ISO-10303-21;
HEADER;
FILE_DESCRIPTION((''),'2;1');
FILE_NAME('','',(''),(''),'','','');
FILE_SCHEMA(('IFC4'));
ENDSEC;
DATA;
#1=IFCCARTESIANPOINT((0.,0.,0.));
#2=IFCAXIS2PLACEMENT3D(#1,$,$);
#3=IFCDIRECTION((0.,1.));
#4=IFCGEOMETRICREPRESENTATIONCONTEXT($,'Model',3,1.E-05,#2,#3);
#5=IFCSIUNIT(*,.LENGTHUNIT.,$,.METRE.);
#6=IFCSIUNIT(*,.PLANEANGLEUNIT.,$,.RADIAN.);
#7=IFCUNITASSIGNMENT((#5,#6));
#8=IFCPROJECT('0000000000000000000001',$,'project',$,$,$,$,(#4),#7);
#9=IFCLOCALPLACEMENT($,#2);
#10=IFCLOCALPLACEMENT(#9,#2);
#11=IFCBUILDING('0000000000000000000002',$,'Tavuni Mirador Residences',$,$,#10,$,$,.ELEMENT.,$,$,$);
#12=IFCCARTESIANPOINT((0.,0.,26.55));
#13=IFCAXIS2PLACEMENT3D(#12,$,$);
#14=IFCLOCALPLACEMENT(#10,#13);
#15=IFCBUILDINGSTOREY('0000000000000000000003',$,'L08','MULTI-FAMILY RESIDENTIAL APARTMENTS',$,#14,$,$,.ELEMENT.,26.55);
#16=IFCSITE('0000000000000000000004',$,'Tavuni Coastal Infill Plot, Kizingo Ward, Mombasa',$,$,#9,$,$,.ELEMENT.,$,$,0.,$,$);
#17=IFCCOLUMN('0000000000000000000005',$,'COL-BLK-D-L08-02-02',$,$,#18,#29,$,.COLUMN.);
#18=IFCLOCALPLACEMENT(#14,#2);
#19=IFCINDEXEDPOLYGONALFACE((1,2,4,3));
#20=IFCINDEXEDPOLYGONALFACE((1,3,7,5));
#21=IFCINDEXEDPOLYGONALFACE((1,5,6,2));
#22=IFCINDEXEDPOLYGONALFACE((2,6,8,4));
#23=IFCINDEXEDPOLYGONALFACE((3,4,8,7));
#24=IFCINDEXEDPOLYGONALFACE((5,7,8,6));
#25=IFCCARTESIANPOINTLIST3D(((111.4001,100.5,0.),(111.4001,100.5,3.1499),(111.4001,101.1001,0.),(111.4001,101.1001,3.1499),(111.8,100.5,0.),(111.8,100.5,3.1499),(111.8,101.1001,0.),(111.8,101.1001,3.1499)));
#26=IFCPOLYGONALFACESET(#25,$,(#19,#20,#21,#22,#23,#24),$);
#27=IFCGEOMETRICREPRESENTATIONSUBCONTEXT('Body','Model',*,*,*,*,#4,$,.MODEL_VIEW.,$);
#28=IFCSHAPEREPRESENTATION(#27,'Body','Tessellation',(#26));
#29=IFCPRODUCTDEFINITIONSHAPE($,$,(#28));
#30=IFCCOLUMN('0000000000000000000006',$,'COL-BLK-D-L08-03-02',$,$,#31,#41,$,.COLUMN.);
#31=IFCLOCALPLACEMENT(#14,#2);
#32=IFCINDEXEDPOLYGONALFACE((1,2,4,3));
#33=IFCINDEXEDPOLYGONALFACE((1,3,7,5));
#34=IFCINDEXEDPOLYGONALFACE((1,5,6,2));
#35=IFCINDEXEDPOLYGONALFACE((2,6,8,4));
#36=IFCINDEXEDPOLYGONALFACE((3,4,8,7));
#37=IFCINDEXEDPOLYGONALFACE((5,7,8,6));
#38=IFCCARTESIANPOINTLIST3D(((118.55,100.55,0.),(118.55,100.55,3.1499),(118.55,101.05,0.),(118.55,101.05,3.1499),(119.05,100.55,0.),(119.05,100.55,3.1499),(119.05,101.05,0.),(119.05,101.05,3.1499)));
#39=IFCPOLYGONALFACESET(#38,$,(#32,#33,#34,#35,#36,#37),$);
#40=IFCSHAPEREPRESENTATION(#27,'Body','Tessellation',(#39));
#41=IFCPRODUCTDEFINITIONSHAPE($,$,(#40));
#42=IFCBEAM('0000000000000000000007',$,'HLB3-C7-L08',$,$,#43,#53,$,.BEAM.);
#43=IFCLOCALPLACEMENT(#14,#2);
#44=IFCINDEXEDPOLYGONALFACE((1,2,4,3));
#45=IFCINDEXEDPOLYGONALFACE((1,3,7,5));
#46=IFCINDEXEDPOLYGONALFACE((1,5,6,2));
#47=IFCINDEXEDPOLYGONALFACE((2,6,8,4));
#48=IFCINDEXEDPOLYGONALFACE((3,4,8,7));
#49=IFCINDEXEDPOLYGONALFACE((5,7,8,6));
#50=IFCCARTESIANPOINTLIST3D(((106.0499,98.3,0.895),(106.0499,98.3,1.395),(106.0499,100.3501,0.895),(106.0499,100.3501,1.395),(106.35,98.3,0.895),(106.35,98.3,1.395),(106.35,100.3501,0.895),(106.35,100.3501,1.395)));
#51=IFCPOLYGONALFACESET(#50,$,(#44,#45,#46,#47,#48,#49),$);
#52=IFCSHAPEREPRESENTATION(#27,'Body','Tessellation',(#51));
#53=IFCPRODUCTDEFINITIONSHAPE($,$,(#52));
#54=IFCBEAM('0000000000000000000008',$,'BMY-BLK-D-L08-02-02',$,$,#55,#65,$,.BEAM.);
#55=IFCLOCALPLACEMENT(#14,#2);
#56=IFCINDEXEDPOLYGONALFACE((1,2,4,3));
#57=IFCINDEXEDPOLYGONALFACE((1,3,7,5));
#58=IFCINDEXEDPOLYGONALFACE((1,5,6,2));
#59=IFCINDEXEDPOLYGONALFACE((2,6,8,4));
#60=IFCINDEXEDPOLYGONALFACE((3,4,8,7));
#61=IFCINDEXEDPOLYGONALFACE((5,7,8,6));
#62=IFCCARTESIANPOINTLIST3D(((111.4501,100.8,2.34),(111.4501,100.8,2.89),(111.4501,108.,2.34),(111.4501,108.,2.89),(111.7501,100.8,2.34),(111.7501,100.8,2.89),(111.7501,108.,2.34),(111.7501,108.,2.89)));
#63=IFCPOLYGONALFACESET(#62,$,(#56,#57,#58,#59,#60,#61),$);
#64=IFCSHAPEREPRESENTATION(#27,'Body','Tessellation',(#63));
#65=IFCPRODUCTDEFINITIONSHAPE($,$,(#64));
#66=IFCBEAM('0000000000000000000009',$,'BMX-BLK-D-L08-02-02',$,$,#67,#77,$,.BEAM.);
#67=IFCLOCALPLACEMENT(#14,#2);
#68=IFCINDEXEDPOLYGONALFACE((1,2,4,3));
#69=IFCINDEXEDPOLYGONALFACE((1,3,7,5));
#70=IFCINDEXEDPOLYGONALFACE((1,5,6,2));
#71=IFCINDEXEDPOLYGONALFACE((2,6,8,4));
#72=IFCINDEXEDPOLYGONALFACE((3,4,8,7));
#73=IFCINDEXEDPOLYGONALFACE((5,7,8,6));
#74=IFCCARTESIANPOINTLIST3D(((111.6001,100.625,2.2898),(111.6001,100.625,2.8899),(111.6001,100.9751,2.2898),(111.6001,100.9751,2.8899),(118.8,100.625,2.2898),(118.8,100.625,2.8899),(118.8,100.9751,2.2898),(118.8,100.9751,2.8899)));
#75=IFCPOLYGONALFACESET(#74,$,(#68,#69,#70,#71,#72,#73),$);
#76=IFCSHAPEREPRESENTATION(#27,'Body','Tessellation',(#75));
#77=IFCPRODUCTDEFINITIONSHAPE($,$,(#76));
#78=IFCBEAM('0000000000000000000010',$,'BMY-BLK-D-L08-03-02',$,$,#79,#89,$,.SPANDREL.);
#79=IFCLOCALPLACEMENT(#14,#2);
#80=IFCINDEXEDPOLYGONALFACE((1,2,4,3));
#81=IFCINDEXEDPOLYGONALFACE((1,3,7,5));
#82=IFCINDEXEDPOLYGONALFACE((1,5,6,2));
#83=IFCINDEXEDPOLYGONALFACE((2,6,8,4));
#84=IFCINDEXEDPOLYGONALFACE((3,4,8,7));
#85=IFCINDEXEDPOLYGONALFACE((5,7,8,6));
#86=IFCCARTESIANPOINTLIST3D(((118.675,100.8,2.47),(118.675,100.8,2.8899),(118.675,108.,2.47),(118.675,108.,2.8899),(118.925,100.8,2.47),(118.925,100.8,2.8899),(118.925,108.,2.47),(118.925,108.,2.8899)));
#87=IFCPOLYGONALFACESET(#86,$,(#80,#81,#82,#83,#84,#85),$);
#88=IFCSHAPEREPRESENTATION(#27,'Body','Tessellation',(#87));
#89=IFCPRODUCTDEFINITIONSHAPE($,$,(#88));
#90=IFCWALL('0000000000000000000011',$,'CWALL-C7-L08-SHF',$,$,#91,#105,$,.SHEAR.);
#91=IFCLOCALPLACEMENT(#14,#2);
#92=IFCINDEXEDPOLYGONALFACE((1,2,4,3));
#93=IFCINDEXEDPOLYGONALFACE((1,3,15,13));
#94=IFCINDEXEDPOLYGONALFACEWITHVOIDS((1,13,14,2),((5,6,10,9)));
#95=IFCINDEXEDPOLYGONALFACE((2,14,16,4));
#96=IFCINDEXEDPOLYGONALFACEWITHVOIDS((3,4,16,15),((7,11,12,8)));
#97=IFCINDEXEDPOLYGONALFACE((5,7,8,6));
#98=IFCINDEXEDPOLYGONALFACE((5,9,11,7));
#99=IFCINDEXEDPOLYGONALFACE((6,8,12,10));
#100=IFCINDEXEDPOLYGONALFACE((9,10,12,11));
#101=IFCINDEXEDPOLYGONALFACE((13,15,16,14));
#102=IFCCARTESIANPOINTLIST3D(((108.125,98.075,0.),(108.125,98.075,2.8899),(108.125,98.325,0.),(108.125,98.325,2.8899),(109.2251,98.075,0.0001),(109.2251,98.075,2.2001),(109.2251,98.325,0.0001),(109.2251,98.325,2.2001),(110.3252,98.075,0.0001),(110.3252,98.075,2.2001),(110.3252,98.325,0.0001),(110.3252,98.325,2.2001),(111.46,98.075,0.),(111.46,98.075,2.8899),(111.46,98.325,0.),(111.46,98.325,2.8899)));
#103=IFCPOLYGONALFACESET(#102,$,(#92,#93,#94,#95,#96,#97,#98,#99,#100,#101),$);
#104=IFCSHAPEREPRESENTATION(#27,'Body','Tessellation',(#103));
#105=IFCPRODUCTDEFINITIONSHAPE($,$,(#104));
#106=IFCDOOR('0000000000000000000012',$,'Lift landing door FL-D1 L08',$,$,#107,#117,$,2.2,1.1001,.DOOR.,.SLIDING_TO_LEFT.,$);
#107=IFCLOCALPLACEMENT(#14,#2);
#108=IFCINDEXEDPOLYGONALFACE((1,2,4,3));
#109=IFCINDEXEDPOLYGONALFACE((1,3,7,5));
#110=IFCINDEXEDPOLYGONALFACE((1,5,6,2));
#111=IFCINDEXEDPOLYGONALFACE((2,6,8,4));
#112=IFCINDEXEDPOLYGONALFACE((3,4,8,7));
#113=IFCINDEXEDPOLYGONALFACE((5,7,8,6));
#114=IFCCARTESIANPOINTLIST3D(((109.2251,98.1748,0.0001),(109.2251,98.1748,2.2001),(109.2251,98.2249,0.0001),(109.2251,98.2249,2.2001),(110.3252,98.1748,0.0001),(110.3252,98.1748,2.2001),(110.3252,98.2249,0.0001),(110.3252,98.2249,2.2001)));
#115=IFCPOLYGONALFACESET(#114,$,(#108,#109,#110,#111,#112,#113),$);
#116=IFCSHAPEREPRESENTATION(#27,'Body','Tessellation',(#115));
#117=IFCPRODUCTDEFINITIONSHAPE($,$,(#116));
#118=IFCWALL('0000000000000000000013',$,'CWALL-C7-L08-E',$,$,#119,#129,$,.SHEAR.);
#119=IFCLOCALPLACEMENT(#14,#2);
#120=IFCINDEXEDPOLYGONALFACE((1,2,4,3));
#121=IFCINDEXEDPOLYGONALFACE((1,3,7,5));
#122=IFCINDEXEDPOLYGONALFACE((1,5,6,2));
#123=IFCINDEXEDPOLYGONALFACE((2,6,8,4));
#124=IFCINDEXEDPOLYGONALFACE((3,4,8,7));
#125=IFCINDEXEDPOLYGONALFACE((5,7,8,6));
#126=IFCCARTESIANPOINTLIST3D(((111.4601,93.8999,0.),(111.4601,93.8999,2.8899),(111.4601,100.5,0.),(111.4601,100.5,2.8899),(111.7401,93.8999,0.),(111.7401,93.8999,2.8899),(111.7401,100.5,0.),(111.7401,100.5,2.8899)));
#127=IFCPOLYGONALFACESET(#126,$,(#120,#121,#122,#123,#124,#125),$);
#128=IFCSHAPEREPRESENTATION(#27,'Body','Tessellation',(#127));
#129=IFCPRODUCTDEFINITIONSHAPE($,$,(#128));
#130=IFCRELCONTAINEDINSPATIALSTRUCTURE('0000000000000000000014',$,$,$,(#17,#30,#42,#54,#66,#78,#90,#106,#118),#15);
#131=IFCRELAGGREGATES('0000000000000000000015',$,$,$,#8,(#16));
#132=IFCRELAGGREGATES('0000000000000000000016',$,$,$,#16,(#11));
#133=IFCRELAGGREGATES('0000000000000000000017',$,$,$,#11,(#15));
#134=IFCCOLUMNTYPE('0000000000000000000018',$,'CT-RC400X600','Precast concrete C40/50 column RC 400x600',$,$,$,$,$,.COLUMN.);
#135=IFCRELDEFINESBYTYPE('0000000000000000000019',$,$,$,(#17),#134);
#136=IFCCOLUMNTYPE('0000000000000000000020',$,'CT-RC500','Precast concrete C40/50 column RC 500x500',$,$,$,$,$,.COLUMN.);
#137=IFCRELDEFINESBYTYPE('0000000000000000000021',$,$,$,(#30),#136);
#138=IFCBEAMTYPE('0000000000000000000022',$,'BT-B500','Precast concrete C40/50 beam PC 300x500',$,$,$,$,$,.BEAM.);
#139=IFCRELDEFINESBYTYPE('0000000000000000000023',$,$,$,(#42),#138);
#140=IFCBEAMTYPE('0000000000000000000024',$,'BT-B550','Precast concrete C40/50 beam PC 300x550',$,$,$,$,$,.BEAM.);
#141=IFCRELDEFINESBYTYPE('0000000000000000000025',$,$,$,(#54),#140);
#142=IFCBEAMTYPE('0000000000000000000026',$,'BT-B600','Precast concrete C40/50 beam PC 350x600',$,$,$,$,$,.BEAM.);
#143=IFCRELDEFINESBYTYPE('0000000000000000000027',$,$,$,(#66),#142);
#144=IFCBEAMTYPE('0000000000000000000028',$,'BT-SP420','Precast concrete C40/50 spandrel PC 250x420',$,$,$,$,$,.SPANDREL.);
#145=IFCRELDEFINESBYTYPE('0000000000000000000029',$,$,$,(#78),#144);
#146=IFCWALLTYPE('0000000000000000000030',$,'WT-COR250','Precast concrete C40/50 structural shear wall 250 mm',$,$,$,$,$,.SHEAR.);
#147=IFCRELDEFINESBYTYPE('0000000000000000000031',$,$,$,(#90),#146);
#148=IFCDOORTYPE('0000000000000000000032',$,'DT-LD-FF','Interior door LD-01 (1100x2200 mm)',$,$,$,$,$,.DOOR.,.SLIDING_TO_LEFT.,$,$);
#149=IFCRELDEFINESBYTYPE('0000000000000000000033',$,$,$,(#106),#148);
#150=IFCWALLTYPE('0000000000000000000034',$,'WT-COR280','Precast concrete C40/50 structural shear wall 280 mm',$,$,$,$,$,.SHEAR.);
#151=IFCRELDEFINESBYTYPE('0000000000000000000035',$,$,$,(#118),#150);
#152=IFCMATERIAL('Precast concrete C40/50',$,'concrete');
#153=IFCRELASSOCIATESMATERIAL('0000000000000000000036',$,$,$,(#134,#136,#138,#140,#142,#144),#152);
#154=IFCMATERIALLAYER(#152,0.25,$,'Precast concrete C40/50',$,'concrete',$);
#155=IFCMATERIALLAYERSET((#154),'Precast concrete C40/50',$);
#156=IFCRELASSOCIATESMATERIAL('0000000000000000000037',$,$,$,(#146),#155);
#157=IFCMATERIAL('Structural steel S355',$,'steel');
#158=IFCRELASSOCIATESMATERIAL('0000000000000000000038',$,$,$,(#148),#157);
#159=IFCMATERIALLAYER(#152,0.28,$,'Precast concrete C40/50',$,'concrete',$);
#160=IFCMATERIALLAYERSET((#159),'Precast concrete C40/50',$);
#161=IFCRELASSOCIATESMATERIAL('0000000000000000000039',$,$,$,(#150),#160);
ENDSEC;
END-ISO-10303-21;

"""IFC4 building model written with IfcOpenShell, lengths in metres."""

from ifc_helpers import new_model, si_unit, direction, frame, frame_2d, origin, origin_2d, place, context, subcontext, project, spatial, rectangle, extrude, material, layer, layer_set, material_profile, profile_set, type_object, element, fill, save


model = new_model("IFC4")

# Units and contexts
model_context = context("Model", 3, precision=1e-05, world=origin(), true_north=direction((0.0, 1.0)))
body_context = subcontext(model_context, "Body", "Model", "MODEL_VIEW")
ifc_project = project(units=[si_unit("LENGTHUNIT", "METRE"), si_unit("PLANEANGLEUNIT", "RADIAN")], contexts=[model_context])

# Site, building, storey
site_placement = place(None, origin())
site = spatial("IfcSite", under=ifc_project, at=site_placement, Name="Tavuni Coastal Infill Plot, Kizingo Ward, Mombasa", CompositionType="ELEMENT", RefElevation=0.0)
building_placement = place(site_placement, origin())
building = spatial("IfcBuilding", under=site, at=building_placement, Name="Tavuni Mirador Residences", CompositionType="ELEMENT")
storey_placement = place(building_placement, frame((0.0, 0.0, 26.55)))
storey = spatial("IfcBuildingStorey", under=building, at=storey_placement, Name="L08", Description="MULTI-FAMILY RESIDENTIAL APARTMENTS", CompositionType="ELEMENT", Elevation=26.55)

# Columns
ifc_material_1 = material(Name="Precast concrete C40/50", Category="concrete")
ifc_material_profile_1 = material_profile(ifc_material_1, rectangle(XDim=0.3999, YDim=0.6001, at=origin_2d()), Name="RC 400x600", Category="concrete")
ifc_profile_set_1 = profile_set([ifc_material_profile_1], Name="Precast concrete C40/50")
column_type_1 = type_object("IfcColumnType", Name="CT-RC400X600", Description="Precast concrete C40/50 column RC 400x600", PredefinedType="COLUMN", material=ifc_profile_set_1)
column_1_placement = place(storey_placement, frame((111.6001, 100.8, 0.0), z_axis=(0.0, 0.0, 1.0), x_axis=(1.0, 0.0, 0.0)))
element("IfcColumn", 1, at=column_1_placement, inside=storey, type_object=column_type_1, Name="COL-BLK-D-L08-02-02", PredefinedType="COLUMN", context=body_context, shape_type="SweptSolid", body=[
    extrude(rectangle(XDim=0.3999, YDim=0.6001, at=origin_2d()), origin(), (0.0, 0.0, 1.0), 3.1499),
])
ifc_material_profile_2 = material_profile(ifc_material_1, rectangle(XDim=0.5, YDim=0.5, at=origin_2d()), Name="RC 500x500", Category="concrete")
ifc_profile_set_2 = profile_set([ifc_material_profile_2], Name="Precast concrete C40/50")
column_type_2 = type_object("IfcColumnType", Name="CT-RC500", Description="Precast concrete C40/50 column RC 500x500", PredefinedType="COLUMN", material=ifc_profile_set_2)
column_2_placement = place(storey_placement, frame((118.8, 100.8, 0.0), z_axis=(0.0, 0.0, 1.0), x_axis=(1.0, 0.0, 0.0)))
element("IfcColumn", 2, at=column_2_placement, inside=storey, type_object=column_type_2, Name="COL-BLK-D-L08-03-02", PredefinedType="COLUMN", context=body_context, shape_type="SweptSolid", body=[
    extrude(rectangle(XDim=0.5, YDim=0.5, at=origin_2d()), origin(), (0.0, 0.0, 1.0), 3.1499),
])

# Beams
ifc_material_profile_3 = material_profile(ifc_material_1, rectangle(XDim=0.3, YDim=0.5, at=origin_2d()), Name="PC 300x500", Category="concrete")
ifc_profile_set_3 = profile_set([ifc_material_profile_3], Name="Precast concrete C40/50")
beam_type_1 = type_object("IfcBeamType", Name="BT-B500", Description="Precast concrete C40/50 beam PC 300x500", PredefinedType="BEAM", material=ifc_profile_set_3)
beam_1_placement = place(storey_placement, frame((106.2, 98.3, 1.145), z_axis=(0.0, 1.0, 0.0), x_axis=(-1.0, 0.0, 0.0)))
element("IfcBeam", 3, at=beam_1_placement, inside=storey, type_object=beam_type_1, Name="HLB3-C7-L08", PredefinedType="BEAM", context=body_context, shape_type="SweptSolid", body=[
    extrude(rectangle(XDim=0.3, YDim=0.5, at=origin_2d()), origin(), (0.0, 0.0, 1.0), 2.05),
])
ifc_material_profile_4 = material_profile(ifc_material_1, rectangle(XDim=0.3, YDim=0.55, at=origin_2d()), Name="PC 300x550", Category="concrete")
ifc_profile_set_4 = profile_set([ifc_material_profile_4], Name="Precast concrete C40/50")
beam_type_2 = type_object("IfcBeamType", Name="BT-B550", Description="Precast concrete C40/50 beam PC 300x550", PredefinedType="BEAM", material=ifc_profile_set_4)
beam_2_placement = place(storey_placement, frame((111.6001, 100.8, 2.615), z_axis=(0.0, 1.0, 0.0), x_axis=(-1.0, 0.0, 0.0)))
element("IfcBeam", 4, at=beam_2_placement, inside=storey, type_object=beam_type_2, Name="BMY-BLK-D-L08-02-02", PredefinedType="BEAM", context=body_context, shape_type="SweptSolid", body=[
    extrude(rectangle(XDim=0.3, YDim=0.55, at=origin_2d()), origin(), (0.0, 0.0, 1.0), 7.2),
])
ifc_material_profile_5 = material_profile(ifc_material_1, rectangle(XDim=0.3501, YDim=0.6001, at=origin_2d()), Name="PC 350x600", Category="concrete")
ifc_profile_set_5 = profile_set([ifc_material_profile_5], Name="Precast concrete C40/50")
beam_type_3 = type_object("IfcBeamType", Name="BT-B600", Description="Precast concrete C40/50 beam PC 350x600", PredefinedType="BEAM", material=ifc_profile_set_5)
beam_3_placement = place(storey_placement, frame((111.6001, 100.8, 2.5898), z_axis=(1.0, 0.0, 0.0), x_axis=(0.0, 1.0, 0.0)))
element("IfcBeam", 5, at=beam_3_placement, inside=storey, type_object=beam_type_3, Name="BMX-BLK-D-L08-02-02", PredefinedType="BEAM", context=body_context, shape_type="SweptSolid", body=[
    extrude(rectangle(XDim=0.3501, YDim=0.6001, at=origin_2d()), origin(), (0.0, 0.0, 1.0), 7.2),
])
ifc_material_profile_6 = material_profile(ifc_material_1, rectangle(XDim=0.25, YDim=0.4199, at=origin_2d()), Name="PC 250x420", Category="concrete")
ifc_profile_set_6 = profile_set([ifc_material_profile_6], Name="Precast concrete C40/50")
beam_type_4 = type_object("IfcBeamType", Name="BT-SP420", Description="Precast concrete C40/50 spandrel PC 250x420", PredefinedType="SPANDREL", material=ifc_profile_set_6)
beam_4_placement = place(storey_placement, frame((118.8, 100.8, 2.6799), z_axis=(0.0, 1.0, 0.0), x_axis=(-1.0, 0.0, 0.0)))
element("IfcBeam", 6, at=beam_4_placement, inside=storey, type_object=beam_type_4, Name="BMY-BLK-D-L08-03-02", PredefinedType="SPANDREL", context=body_context, shape_type="SweptSolid", body=[
    extrude(rectangle(XDim=0.25, YDim=0.4199, at=origin_2d()), origin(), (0.0, 0.0, 1.0), 7.2),
])

# Wall, opening, door
ifc_layer_1 = layer(ifc_material_1, 0.25, Name="Precast concrete C40/50", Category="concrete")
ifc_layer_set_1 = layer_set([ifc_layer_1], Name="Precast concrete C40/50")
wall_type_1 = type_object("IfcWallType", Name="WT-COR250", Description="Precast concrete C40/50 structural shear wall 250 mm", PredefinedType="SHEAR", material=ifc_layer_set_1)
wall_1_placement = place(storey_placement, frame((108.125, 98.2, 0.0), z_axis=(0.0, 0.0, 1.0), x_axis=(1.0, 0.0, 0.0)))
wall_1 = element("IfcWall", 7, at=wall_1_placement, inside=storey, type_object=wall_type_1, Name="CWALL-C7-L08-SHF", PredefinedType="SHEAR", context=body_context, shape_type="SweptSolid", body=[
    extrude(rectangle(XDim=3.335, YDim=0.25, at=frame_2d((1.6675, 0.0))), origin(), (0.0, 0.0, 1.0), 2.8899),
])
opening_1_placement = place(wall_1_placement, frame((1.1001, 0.0, 0.0)))
opening_1 = element("IfcOpeningElement", 8, at=opening_1_placement, cuts=wall_1, PredefinedType="OPENING", context=body_context, shape_type="SweptSolid", body=[
    extrude(rectangle(XDim=1.1001, YDim=2.2, at=frame_2d((0.55, 1.1001))), frame((0.0, 0.135, 0.0), z_axis=(0.0, -1.0, 0.0), x_axis=(1.0, 0.0, 0.0)), (0.0, 0.0, 1.0), 0.27),
])
ifc_material_2 = material(Name="Structural steel S355", Category="steel")
door_type_1 = type_object("IfcDoorType", Name="DT-LD-FF", Description="Interior door LD-01 (1100x2200 mm)", OperationType="SLIDING_TO_LEFT", PredefinedType="DOOR", material=ifc_material_2)
door_1_placement = place(opening_1_placement, origin())
door_1 = element("IfcDoor", 9, at=door_1_placement, inside=storey, type_object=door_type_1, Name="Lift landing door FL-D1 L08", OperationType="SLIDING_TO_LEFT", OverallHeight=2.2, OverallWidth=1.1001, PredefinedType="DOOR", context=body_context, shape_type="SweptSolid", body=[
    extrude(rectangle(XDim=1.1001, YDim=2.2, at=frame_2d((0.55, 1.1001))), frame((0.0, 0.0249, 0.0), z_axis=(0.0, -1.0, 0.0), x_axis=(1.0, 0.0, 0.0)), (0.0, 0.0, 1.0), 0.05),
])
fill(opening_1, door_1)

# Wall
ifc_layer_2 = layer(ifc_material_1, 0.28, Name="Precast concrete C40/50", Category="concrete")
ifc_layer_set_2 = layer_set([ifc_layer_2], Name="Precast concrete C40/50")
wall_type_2 = type_object("IfcWallType", Name="WT-COR280", Description="Precast concrete C40/50 structural shear wall 280 mm", PredefinedType="SHEAR", material=ifc_layer_set_2)
wall_2_placement = place(storey_placement, frame((111.6001, 93.8999, 0.0), z_axis=(0.0, 0.0, 1.0), x_axis=(0.0, 1.0, 0.0)))
element("IfcWall", 10, at=wall_2_placement, inside=storey, type_object=wall_type_2, Name="CWALL-C7-L08-E", PredefinedType="SHEAR", context=body_context, shape_type="SweptSolid", body=[
    extrude(rectangle(XDim=6.6001, YDim=0.28, at=frame_2d((3.3, 0.0))), origin(), (0.0, 0.0, 1.0), 2.8899),
])

save(model, "model.ifc")
